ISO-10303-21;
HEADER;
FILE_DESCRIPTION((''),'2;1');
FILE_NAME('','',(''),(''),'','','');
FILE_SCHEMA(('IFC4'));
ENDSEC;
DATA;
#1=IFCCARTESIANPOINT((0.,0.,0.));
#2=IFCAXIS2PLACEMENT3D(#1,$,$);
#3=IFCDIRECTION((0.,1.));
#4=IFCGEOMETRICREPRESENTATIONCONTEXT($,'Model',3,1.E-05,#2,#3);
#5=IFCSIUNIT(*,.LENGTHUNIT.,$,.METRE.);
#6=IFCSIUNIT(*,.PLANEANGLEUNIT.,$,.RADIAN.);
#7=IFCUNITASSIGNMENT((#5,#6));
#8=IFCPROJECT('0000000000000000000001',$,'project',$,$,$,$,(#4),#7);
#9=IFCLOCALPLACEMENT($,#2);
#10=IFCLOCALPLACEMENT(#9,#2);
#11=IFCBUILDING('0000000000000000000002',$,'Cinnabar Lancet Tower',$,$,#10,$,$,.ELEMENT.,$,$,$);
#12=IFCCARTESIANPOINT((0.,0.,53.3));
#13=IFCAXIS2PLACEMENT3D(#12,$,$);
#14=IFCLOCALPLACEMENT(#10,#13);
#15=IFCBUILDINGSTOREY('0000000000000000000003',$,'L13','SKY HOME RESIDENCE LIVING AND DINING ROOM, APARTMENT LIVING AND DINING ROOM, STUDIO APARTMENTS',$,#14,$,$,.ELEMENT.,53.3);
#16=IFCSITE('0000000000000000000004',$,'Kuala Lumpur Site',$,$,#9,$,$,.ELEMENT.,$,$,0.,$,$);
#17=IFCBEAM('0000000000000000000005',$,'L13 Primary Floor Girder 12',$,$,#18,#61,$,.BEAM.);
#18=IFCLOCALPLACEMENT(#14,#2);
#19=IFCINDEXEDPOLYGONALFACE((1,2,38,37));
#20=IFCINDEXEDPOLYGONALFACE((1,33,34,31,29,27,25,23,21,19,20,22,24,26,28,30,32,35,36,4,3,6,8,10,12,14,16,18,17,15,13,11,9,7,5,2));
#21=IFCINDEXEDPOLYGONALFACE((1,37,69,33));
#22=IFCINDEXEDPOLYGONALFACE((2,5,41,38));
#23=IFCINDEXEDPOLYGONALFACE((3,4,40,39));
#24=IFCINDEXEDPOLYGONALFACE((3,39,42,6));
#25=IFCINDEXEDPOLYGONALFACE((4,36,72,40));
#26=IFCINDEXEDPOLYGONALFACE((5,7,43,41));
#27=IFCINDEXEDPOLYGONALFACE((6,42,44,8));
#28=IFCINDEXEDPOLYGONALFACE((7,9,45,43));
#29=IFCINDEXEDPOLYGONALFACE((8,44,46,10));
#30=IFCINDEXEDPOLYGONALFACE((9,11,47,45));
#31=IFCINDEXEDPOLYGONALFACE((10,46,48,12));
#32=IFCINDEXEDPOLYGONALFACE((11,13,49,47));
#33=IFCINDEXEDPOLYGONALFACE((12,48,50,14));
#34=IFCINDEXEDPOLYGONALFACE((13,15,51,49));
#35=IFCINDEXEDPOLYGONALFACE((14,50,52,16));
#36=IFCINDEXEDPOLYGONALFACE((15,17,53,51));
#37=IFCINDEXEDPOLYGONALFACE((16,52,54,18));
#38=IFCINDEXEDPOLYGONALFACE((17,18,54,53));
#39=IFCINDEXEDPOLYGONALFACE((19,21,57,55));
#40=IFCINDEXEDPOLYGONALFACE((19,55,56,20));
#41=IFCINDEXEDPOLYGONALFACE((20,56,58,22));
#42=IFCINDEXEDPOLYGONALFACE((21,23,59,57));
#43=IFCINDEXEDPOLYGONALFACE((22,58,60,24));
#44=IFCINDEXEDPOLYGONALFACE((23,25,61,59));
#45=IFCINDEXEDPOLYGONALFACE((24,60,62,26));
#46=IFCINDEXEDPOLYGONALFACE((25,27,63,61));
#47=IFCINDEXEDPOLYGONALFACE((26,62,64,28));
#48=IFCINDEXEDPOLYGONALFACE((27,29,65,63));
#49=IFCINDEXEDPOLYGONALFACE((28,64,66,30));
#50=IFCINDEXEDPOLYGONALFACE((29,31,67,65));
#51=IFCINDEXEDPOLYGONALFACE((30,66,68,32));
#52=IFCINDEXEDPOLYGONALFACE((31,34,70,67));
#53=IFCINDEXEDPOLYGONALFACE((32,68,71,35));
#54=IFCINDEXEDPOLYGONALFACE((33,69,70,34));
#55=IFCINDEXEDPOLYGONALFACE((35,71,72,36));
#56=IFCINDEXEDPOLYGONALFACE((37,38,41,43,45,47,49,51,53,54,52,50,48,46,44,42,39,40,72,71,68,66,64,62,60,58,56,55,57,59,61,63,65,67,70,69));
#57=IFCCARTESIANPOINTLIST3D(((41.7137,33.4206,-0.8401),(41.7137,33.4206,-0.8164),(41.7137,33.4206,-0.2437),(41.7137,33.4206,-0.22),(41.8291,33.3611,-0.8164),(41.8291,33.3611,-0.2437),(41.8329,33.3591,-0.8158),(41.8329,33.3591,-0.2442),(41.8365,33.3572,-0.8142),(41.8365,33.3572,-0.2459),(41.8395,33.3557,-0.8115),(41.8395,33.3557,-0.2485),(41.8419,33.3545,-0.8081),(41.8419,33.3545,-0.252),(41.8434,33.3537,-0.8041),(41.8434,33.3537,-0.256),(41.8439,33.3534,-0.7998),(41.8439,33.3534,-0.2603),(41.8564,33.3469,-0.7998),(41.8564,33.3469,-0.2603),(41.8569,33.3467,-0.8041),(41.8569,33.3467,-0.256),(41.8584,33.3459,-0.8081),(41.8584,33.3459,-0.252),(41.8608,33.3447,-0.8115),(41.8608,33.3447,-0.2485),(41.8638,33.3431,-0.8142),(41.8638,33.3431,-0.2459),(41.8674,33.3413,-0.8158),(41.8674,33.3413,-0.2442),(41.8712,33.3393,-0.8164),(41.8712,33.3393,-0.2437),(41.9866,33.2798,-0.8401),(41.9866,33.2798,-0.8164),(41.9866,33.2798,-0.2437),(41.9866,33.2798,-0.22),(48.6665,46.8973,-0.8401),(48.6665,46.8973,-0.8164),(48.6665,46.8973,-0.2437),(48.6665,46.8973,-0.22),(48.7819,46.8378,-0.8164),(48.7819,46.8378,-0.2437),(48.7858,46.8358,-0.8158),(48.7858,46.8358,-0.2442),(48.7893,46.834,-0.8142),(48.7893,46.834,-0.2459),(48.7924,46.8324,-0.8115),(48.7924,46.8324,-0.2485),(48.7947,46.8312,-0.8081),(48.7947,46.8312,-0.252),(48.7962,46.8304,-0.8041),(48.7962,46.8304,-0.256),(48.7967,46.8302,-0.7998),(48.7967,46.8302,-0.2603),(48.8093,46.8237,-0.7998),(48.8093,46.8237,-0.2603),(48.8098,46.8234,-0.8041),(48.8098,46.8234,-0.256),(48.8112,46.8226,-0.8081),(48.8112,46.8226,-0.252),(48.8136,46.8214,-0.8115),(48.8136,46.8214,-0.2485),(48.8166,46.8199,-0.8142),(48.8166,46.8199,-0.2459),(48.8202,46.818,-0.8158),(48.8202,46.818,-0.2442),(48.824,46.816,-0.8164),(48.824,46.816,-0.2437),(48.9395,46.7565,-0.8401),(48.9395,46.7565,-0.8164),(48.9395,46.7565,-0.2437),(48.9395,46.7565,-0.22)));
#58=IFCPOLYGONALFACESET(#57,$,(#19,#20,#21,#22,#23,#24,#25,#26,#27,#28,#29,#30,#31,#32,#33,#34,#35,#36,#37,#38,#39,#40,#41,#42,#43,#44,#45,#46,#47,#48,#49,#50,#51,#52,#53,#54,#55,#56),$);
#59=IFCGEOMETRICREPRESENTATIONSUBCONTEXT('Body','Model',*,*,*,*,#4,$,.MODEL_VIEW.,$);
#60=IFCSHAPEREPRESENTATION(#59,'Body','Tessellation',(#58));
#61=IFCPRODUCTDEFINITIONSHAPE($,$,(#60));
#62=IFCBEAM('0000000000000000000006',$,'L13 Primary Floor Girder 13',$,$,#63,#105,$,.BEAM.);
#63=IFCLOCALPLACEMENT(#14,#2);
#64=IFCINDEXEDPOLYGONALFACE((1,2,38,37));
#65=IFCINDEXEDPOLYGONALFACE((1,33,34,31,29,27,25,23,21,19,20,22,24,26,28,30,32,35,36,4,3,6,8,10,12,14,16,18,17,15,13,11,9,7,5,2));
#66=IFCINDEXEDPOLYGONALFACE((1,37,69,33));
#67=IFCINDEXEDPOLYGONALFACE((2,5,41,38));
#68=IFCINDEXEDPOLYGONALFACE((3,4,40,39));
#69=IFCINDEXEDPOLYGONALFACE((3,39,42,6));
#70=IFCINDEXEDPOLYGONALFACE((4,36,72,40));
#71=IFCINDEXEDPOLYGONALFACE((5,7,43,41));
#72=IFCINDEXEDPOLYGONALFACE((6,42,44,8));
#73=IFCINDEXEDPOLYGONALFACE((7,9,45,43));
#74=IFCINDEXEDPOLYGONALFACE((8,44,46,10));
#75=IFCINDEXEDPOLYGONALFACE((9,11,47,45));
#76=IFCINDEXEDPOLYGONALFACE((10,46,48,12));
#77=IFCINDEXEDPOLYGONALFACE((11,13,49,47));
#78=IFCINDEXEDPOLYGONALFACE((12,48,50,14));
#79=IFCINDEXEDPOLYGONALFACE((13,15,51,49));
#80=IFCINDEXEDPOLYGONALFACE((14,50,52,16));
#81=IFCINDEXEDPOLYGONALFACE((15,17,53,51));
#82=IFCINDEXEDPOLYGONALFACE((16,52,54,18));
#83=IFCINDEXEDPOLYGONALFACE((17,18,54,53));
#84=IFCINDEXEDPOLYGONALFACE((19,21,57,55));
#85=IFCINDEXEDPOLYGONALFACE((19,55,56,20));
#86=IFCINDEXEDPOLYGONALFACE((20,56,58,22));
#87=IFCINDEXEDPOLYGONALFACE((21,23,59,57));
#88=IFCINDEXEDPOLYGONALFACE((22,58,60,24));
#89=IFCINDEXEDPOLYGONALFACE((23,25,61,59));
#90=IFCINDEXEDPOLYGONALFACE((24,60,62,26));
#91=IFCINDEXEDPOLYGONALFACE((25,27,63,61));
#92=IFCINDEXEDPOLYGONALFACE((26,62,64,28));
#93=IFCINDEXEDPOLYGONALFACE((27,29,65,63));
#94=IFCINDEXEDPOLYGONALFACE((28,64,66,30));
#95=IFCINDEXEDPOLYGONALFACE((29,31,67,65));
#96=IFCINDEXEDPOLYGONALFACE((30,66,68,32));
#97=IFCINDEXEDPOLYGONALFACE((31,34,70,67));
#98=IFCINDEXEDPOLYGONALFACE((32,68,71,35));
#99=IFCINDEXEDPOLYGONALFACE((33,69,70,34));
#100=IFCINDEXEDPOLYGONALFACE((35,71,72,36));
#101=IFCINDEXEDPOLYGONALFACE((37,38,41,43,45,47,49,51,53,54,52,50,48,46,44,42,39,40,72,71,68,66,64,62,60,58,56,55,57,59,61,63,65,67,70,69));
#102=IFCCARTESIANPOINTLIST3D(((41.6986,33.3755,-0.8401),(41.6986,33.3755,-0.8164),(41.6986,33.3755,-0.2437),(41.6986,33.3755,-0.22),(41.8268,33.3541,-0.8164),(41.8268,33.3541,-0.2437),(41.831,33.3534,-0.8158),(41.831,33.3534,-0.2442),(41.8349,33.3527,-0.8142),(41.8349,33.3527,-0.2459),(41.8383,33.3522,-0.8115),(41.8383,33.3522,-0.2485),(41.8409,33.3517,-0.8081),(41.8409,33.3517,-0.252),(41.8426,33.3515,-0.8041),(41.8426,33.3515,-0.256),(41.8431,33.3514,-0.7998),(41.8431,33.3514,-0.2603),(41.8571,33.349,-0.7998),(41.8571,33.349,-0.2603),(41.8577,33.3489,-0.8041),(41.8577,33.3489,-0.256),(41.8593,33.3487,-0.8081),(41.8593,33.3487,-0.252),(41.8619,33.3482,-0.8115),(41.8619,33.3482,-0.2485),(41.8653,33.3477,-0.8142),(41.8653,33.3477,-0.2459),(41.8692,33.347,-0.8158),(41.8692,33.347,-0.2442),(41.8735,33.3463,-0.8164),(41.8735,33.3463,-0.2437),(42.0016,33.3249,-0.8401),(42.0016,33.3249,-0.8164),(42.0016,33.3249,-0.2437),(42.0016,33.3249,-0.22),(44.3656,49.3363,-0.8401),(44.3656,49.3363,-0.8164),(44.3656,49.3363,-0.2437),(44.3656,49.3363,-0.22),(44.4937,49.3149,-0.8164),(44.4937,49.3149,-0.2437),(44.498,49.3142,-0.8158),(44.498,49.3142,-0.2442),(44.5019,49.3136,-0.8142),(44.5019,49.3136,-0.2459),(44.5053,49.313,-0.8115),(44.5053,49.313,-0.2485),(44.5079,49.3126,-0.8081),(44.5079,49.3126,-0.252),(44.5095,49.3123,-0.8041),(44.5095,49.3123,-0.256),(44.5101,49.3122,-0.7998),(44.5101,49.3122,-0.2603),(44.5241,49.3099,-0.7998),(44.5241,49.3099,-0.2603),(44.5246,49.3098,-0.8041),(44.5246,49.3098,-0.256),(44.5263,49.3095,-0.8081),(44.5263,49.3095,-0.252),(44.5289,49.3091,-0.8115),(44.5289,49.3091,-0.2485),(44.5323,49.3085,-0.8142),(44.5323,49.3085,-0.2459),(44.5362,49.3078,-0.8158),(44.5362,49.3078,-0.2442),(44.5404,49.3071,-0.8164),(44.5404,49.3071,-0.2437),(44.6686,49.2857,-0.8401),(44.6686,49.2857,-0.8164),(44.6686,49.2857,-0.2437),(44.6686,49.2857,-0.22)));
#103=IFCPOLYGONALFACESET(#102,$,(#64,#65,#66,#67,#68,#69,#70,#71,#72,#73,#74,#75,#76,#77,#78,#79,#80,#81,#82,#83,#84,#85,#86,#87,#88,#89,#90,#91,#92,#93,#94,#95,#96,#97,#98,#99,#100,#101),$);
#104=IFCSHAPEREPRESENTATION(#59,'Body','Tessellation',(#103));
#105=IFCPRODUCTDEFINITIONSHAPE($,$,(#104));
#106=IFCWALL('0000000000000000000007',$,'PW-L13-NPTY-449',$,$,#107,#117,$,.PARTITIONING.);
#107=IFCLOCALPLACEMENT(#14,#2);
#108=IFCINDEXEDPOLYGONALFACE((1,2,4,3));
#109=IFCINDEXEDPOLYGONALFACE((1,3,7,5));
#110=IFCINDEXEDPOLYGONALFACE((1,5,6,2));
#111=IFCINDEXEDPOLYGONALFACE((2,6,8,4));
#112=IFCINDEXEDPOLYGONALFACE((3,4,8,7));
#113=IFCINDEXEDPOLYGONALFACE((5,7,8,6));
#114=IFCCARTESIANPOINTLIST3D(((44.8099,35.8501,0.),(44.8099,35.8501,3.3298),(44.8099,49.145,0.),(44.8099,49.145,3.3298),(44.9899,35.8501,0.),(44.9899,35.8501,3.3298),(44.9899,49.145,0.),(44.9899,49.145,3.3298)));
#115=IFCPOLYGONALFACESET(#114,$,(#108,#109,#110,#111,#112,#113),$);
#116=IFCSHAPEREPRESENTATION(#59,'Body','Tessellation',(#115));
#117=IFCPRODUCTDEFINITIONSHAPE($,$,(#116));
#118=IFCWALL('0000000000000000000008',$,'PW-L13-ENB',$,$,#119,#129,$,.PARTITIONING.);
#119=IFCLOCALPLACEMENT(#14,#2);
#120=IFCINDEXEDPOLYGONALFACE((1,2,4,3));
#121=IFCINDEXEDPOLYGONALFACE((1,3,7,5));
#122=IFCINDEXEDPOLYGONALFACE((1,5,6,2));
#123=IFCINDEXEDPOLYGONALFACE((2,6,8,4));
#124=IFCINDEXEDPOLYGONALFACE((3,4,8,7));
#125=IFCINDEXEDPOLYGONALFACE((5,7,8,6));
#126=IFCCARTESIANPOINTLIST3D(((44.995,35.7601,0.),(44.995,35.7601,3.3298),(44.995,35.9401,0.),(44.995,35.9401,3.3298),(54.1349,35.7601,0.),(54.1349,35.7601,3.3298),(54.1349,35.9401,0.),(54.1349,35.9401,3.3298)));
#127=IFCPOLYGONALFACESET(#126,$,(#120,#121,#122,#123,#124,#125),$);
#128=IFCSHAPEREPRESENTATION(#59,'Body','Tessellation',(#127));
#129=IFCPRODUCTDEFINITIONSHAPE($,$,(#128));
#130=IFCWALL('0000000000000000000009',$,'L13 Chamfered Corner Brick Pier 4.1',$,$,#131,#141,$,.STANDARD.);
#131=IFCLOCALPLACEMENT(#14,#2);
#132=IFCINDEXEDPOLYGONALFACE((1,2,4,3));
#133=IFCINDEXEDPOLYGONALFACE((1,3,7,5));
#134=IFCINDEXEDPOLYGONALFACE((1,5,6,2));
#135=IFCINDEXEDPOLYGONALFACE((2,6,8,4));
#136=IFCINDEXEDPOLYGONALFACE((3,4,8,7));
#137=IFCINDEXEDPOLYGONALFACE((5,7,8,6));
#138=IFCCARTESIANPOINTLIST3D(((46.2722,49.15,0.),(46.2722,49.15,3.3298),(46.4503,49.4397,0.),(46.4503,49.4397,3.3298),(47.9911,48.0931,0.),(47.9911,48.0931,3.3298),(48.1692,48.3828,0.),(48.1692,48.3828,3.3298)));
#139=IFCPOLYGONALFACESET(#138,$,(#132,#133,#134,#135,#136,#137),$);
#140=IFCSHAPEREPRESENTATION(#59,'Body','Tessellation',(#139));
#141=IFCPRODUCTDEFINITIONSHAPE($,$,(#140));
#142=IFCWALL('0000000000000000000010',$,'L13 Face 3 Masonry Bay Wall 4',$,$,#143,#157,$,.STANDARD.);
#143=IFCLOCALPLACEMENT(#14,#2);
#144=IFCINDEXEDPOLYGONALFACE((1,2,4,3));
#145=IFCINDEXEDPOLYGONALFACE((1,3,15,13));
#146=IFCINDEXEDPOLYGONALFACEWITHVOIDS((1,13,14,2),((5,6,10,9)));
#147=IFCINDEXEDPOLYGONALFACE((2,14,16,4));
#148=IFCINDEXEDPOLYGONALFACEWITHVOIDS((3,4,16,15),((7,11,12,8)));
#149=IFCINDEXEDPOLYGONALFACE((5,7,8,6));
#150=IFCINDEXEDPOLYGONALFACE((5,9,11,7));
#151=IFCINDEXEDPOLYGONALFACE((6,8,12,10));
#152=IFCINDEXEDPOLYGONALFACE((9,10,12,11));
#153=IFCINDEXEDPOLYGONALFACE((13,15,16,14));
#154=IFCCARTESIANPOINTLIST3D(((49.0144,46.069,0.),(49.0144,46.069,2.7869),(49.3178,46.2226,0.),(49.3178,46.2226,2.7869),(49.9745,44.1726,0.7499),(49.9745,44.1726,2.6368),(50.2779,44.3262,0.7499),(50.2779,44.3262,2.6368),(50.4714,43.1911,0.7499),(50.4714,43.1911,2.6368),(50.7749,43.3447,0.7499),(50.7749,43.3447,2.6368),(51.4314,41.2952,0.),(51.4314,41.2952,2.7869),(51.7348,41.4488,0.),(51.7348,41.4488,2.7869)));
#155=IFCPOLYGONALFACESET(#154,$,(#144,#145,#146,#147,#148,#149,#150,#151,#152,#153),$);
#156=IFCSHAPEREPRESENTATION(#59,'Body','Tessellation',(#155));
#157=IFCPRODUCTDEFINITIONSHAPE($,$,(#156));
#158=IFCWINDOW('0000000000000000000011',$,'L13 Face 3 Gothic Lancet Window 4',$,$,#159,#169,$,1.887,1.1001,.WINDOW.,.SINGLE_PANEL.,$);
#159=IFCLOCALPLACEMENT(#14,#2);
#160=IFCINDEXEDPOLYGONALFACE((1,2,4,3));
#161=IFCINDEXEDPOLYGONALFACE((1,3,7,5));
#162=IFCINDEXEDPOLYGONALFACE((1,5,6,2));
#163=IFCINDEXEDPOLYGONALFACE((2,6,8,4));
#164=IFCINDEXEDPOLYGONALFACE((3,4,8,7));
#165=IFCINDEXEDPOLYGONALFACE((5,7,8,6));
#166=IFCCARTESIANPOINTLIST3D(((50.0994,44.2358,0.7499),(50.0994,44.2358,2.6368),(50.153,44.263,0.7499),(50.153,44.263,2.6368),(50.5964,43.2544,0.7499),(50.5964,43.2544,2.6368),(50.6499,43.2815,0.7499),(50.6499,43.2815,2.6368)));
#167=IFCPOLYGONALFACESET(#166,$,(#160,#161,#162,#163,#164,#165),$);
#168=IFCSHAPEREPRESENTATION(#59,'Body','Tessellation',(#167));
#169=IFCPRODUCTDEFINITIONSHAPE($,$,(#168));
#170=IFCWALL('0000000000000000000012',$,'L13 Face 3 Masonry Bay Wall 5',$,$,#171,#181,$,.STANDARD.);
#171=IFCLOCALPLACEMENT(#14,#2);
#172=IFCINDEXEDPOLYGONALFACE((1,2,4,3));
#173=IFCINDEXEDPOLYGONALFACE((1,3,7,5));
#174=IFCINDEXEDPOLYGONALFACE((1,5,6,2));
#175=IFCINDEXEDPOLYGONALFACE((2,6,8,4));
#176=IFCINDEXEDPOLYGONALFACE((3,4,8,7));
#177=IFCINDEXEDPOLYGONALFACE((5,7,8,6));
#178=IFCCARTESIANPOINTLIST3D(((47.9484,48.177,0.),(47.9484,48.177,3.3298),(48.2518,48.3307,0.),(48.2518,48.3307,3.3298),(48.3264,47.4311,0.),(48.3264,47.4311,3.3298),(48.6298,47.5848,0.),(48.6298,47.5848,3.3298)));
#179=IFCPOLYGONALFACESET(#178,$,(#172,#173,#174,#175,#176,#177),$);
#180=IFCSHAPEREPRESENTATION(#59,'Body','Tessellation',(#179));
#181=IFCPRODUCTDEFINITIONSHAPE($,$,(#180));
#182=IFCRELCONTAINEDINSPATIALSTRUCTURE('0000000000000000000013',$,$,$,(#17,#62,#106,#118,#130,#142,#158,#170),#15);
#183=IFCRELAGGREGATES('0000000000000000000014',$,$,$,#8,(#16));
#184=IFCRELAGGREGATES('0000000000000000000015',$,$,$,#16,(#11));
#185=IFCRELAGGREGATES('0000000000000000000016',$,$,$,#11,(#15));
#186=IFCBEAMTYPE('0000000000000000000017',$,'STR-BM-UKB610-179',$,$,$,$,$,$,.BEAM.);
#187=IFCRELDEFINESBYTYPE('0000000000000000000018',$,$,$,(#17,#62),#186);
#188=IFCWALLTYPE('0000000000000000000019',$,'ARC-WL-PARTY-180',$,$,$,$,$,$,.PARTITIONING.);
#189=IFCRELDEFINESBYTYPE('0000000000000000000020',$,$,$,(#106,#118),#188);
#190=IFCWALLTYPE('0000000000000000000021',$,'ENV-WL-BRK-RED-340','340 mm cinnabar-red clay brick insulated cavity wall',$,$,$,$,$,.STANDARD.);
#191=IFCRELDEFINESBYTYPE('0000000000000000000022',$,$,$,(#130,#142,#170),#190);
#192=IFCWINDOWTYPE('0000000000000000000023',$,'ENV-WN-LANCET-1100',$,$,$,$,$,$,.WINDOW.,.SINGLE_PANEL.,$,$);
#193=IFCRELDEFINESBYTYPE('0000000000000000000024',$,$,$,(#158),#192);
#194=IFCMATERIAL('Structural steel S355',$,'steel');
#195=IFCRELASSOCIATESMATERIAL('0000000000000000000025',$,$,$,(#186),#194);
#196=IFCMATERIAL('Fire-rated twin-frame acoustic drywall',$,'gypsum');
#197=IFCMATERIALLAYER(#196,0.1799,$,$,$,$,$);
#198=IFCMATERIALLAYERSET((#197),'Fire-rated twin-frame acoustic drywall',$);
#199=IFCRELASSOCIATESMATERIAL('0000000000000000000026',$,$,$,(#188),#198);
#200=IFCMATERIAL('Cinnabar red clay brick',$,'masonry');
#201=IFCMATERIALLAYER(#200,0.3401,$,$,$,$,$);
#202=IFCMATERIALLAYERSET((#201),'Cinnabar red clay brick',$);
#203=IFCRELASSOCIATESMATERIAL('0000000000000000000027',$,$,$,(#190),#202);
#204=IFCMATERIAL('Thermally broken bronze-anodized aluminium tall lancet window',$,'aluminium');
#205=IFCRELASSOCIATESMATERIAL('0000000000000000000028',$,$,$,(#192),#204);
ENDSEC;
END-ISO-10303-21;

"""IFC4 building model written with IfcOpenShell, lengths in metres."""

from ifc_helpers import new_model, si_unit, direction, frame, frame_2d, origin, origin_2d, place, context, subcontext, project, spatial, rectangle, i_section, extrude, material, layer, layer_set, material_profile, profile_set, type_object, element, fill, save


model = new_model("IFC4")

# Units and contexts
model_context = context("Model", 3, precision=1e-05, world=origin(), true_north=direction((0.0, 1.0)))
body_context = subcontext(model_context, "Body", "Model", "MODEL_VIEW")
ifc_project = project(units=[si_unit("LENGTHUNIT", "METRE"), si_unit("PLANEANGLEUNIT", "RADIAN")], contexts=[model_context])

# Site, building, storey
site_placement = place(None, origin())
site = spatial("IfcSite", under=ifc_project, at=site_placement, Name="Kuala Lumpur Site", CompositionType="ELEMENT", RefElevation=0.0)
building_placement = place(site_placement, origin())
building = spatial("IfcBuilding", under=site, at=building_placement, Name="Cinnabar Lancet Tower", CompositionType="ELEMENT")
storey_placement = place(building_placement, frame((0.0, 0.0, 53.3)))
storey = spatial("IfcBuildingStorey", under=building, at=storey_placement, Name="L13", Description="SKY HOME RESIDENCE LIVING AND DINING ROOM, APARTMENT LIVING AND DINING ROOM, STUDIO APARTMENTS", CompositionType="ELEMENT", Elevation=53.3)

# Beams
ifc_material_1 = material(Name="Structural steel S355", Category="steel")
ifc_material_profile_1 = material_profile(ifc_material_1, i_section(OverallWidth=0.3071, OverallDepth=0.6201, WebThickness=0.0142, FlangeThickness=0.0237, FilletRadius=0.0166, at=origin_2d()), Name="UKB 610x305x179")
ifc_profile_set_1 = profile_set([ifc_material_profile_1], Name="Structural steel S355")
beam_type_1 = type_object("IfcBeamType", Name="STR-BM-UKB610-179", PredefinedType="BEAM", material=ifc_profile_set_1)
beam_1_placement = place(storey_placement, frame((48.803, 46.8269, -0.53), z_axis=(-0.458492, -0.888698, 0.0), x_axis=(0.888698, -0.458492, 0.0)))
element("IfcBeam", 1, at=beam_1_placement, inside=storey, type_object=beam_type_1, Name="L13 Primary Floor Girder 12", PredefinedType="BEAM", context=body_context, shape_type="SweptSolid", body=[
    extrude(i_section(OverallWidth=0.3071, OverallDepth=0.6201, WebThickness=0.0142, FlangeThickness=0.0237, FilletRadius=0.0166, at=origin_2d()), origin(), (0.0, 0.0, 1.0), 15.1646),
])
beam_2_placement = place(storey_placement, frame((44.5171, 49.311, -0.53), z_axis=(-0.16481, -0.986325, 0.0), x_axis=(0.986325, -0.16481, 0.0)))
element("IfcBeam", 2, at=beam_2_placement, inside=storey, type_object=beam_type_1, Name="L13 Primary Floor Girder 13", PredefinedType="BEAM", context=body_context, shape_type="SweptSolid", body=[
    extrude(i_section(OverallWidth=0.3071, OverallDepth=0.6201, WebThickness=0.0142, FlangeThickness=0.0237, FilletRadius=0.0166, at=origin_2d()), origin(), (0.0, 0.0, 1.0), 16.1821),
])

# Walls
ifc_material_2 = material(Name="Fire-rated twin-frame acoustic drywall", Category="gypsum")
ifc_layer_1 = layer(ifc_material_2, 0.1799)
ifc_layer_set_1 = layer_set([ifc_layer_1], Name="Fire-rated twin-frame acoustic drywall")
wall_type_1 = type_object("IfcWallType", Name="ARC-WL-PARTY-180", PredefinedType="PARTITIONING", material=ifc_layer_set_1)
wall_1_placement = place(storey_placement, frame((44.8999, 35.8501, 0.0), z_axis=(0.0, 0.0, 1.0), x_axis=(0.0, 1.0, 0.0)))
element("IfcWall", 3, at=wall_1_placement, inside=storey, type_object=wall_type_1, Name="PW-L13-NPTY-449", PredefinedType="PARTITIONING", context=body_context, shape_type="SweptSolid", body=[
    extrude(rectangle(XDim=13.2949, YDim=0.1799, at=frame_2d((6.6475, 0.0))), origin(), (0.0, 0.0, 1.0), 3.3298),
])
wall_2_placement = place(storey_placement, frame((44.9951, 35.8501, 0.0), z_axis=(0.0, 0.0, 1.0), x_axis=(1.0, 0.0, 0.0)))
element("IfcWall", 4, at=wall_2_placement, inside=storey, type_object=wall_type_1, Name="PW-L13-ENB", PredefinedType="PARTITIONING", context=body_context, shape_type="SweptSolid", body=[
    extrude(rectangle(XDim=9.1399, YDim=0.1799, at=frame_2d((4.5698, 0.0))), origin(), (0.0, 0.0, 1.0), 3.3298),
])
ifc_material_3 = material(Name="Cinnabar red clay brick", Category="masonry")
ifc_layer_2 = layer(ifc_material_3, 0.3401)
ifc_layer_set_2 = layer_set([ifc_layer_2], Name="Cinnabar red clay brick")
wall_type_2 = type_object("IfcWallType", Name="ENV-WL-BRK-RED-340", Description="340 mm cinnabar-red clay brick insulated cavity wall", PredefinedType="STANDARD", material=ifc_layer_set_2)
wall_3_placement = place(storey_placement, frame((48.0801, 48.238, 0.0), z_axis=(0.0, 0.0, 1.0), x_axis=(-0.85187, 0.523753, 0.0)))
element("IfcWall", 5, at=wall_3_placement, inside=storey, type_object=wall_type_2, Name="L13 Chamfered Corner Brick Pier 4.1", PredefinedType="STANDARD", context=body_context, shape_type="SweptSolid", body=[
    extrude(rectangle(XDim=2.0178, YDim=0.3401, at=frame_2d((1.0088, 0.0))), origin(), (0.0, 0.0, 1.0), 3.3298),
])

# Wall, opening, window
wall_4_placement = place(storey_placement, frame((51.583, 41.3721, 0.0), z_axis=(0.0, 0.0, 1.0), x_axis=(-0.451698, 0.892171, 0.0)))
wall_4 = element("IfcWall", 6, at=wall_4_placement, inside=storey, type_object=wall_type_2, Name="L13 Face 3 Masonry Bay Wall 4", PredefinedType="STANDARD", context=body_context, shape_type="SweptSolid", body=[
    extrude(rectangle(XDim=5.3508, YDim=0.3401, at=frame_2d((2.6753, 0.0))), origin(), (0.0, 0.0, 1.0), 2.7869),
])
opening_placement = place(wall_4_placement, frame((2.125, 0.0, 0.75)))
opening = element("IfcOpeningElement", 7, at=opening_placement, cuts=wall_4, PredefinedType="OPENING", context=body_context, shape_type="SweptSolid", body=[
    extrude(rectangle(XDim=1.1001, YDim=1.887, at=frame_2d((0.55, 0.9434))), frame((0.0, 0.1799, 0.0), z_axis=(0.0, -1.0, 0.0), x_axis=(1.0, 0.0, 0.0)), (0.0, 0.0, 1.0), 0.3601),
])
ifc_material_4 = material(Name="Thermally broken bronze-anodized aluminium tall lancet window", Category="aluminium")
window_type = type_object("IfcWindowType", Name="ENV-WN-LANCET-1100", PartitioningType="SINGLE_PANEL", PredefinedType="WINDOW", material=ifc_material_4)
window_placement = place(opening_placement, origin())
window = element("IfcWindow", 8, at=window_placement, inside=storey, type_object=window_type, Name="L13 Face 3 Gothic Lancet Window 4", OverallHeight=1.887, OverallWidth=1.1001, PartitioningType="SINGLE_PANEL", PredefinedType="WINDOW", context=body_context, shape_type="SweptSolid", body=[
    extrude(rectangle(XDim=1.1001, YDim=1.887, at=frame_2d((0.55, 0.9434))), frame((0.0, 0.03, 0.0), z_axis=(0.0, -1.0, 0.0), x_axis=(1.0, 0.0, 0.0)), (0.0, 0.0, 1.0), 0.0601),
])
fill(opening, window)

# Wall
wall_5_placement = place(storey_placement, frame((48.478, 47.5081, 0.0), z_axis=(0.0, 0.0, 1.0), x_axis=(-0.451996, 0.89202, 0.0)))
element("IfcWall", 9, at=wall_5_placement, inside=storey, type_object=wall_type_2, Name="L13 Face 3 Masonry Bay Wall 5", PredefinedType="STANDARD", context=body_context, shape_type="SweptSolid", body=[
    extrude(rectangle(XDim=0.8362, YDim=0.3401, at=frame_2d((0.418, 0.0))), origin(), (0.0, 0.0, 1.0), 3.3298),
])

save(model, "model.ifc")
